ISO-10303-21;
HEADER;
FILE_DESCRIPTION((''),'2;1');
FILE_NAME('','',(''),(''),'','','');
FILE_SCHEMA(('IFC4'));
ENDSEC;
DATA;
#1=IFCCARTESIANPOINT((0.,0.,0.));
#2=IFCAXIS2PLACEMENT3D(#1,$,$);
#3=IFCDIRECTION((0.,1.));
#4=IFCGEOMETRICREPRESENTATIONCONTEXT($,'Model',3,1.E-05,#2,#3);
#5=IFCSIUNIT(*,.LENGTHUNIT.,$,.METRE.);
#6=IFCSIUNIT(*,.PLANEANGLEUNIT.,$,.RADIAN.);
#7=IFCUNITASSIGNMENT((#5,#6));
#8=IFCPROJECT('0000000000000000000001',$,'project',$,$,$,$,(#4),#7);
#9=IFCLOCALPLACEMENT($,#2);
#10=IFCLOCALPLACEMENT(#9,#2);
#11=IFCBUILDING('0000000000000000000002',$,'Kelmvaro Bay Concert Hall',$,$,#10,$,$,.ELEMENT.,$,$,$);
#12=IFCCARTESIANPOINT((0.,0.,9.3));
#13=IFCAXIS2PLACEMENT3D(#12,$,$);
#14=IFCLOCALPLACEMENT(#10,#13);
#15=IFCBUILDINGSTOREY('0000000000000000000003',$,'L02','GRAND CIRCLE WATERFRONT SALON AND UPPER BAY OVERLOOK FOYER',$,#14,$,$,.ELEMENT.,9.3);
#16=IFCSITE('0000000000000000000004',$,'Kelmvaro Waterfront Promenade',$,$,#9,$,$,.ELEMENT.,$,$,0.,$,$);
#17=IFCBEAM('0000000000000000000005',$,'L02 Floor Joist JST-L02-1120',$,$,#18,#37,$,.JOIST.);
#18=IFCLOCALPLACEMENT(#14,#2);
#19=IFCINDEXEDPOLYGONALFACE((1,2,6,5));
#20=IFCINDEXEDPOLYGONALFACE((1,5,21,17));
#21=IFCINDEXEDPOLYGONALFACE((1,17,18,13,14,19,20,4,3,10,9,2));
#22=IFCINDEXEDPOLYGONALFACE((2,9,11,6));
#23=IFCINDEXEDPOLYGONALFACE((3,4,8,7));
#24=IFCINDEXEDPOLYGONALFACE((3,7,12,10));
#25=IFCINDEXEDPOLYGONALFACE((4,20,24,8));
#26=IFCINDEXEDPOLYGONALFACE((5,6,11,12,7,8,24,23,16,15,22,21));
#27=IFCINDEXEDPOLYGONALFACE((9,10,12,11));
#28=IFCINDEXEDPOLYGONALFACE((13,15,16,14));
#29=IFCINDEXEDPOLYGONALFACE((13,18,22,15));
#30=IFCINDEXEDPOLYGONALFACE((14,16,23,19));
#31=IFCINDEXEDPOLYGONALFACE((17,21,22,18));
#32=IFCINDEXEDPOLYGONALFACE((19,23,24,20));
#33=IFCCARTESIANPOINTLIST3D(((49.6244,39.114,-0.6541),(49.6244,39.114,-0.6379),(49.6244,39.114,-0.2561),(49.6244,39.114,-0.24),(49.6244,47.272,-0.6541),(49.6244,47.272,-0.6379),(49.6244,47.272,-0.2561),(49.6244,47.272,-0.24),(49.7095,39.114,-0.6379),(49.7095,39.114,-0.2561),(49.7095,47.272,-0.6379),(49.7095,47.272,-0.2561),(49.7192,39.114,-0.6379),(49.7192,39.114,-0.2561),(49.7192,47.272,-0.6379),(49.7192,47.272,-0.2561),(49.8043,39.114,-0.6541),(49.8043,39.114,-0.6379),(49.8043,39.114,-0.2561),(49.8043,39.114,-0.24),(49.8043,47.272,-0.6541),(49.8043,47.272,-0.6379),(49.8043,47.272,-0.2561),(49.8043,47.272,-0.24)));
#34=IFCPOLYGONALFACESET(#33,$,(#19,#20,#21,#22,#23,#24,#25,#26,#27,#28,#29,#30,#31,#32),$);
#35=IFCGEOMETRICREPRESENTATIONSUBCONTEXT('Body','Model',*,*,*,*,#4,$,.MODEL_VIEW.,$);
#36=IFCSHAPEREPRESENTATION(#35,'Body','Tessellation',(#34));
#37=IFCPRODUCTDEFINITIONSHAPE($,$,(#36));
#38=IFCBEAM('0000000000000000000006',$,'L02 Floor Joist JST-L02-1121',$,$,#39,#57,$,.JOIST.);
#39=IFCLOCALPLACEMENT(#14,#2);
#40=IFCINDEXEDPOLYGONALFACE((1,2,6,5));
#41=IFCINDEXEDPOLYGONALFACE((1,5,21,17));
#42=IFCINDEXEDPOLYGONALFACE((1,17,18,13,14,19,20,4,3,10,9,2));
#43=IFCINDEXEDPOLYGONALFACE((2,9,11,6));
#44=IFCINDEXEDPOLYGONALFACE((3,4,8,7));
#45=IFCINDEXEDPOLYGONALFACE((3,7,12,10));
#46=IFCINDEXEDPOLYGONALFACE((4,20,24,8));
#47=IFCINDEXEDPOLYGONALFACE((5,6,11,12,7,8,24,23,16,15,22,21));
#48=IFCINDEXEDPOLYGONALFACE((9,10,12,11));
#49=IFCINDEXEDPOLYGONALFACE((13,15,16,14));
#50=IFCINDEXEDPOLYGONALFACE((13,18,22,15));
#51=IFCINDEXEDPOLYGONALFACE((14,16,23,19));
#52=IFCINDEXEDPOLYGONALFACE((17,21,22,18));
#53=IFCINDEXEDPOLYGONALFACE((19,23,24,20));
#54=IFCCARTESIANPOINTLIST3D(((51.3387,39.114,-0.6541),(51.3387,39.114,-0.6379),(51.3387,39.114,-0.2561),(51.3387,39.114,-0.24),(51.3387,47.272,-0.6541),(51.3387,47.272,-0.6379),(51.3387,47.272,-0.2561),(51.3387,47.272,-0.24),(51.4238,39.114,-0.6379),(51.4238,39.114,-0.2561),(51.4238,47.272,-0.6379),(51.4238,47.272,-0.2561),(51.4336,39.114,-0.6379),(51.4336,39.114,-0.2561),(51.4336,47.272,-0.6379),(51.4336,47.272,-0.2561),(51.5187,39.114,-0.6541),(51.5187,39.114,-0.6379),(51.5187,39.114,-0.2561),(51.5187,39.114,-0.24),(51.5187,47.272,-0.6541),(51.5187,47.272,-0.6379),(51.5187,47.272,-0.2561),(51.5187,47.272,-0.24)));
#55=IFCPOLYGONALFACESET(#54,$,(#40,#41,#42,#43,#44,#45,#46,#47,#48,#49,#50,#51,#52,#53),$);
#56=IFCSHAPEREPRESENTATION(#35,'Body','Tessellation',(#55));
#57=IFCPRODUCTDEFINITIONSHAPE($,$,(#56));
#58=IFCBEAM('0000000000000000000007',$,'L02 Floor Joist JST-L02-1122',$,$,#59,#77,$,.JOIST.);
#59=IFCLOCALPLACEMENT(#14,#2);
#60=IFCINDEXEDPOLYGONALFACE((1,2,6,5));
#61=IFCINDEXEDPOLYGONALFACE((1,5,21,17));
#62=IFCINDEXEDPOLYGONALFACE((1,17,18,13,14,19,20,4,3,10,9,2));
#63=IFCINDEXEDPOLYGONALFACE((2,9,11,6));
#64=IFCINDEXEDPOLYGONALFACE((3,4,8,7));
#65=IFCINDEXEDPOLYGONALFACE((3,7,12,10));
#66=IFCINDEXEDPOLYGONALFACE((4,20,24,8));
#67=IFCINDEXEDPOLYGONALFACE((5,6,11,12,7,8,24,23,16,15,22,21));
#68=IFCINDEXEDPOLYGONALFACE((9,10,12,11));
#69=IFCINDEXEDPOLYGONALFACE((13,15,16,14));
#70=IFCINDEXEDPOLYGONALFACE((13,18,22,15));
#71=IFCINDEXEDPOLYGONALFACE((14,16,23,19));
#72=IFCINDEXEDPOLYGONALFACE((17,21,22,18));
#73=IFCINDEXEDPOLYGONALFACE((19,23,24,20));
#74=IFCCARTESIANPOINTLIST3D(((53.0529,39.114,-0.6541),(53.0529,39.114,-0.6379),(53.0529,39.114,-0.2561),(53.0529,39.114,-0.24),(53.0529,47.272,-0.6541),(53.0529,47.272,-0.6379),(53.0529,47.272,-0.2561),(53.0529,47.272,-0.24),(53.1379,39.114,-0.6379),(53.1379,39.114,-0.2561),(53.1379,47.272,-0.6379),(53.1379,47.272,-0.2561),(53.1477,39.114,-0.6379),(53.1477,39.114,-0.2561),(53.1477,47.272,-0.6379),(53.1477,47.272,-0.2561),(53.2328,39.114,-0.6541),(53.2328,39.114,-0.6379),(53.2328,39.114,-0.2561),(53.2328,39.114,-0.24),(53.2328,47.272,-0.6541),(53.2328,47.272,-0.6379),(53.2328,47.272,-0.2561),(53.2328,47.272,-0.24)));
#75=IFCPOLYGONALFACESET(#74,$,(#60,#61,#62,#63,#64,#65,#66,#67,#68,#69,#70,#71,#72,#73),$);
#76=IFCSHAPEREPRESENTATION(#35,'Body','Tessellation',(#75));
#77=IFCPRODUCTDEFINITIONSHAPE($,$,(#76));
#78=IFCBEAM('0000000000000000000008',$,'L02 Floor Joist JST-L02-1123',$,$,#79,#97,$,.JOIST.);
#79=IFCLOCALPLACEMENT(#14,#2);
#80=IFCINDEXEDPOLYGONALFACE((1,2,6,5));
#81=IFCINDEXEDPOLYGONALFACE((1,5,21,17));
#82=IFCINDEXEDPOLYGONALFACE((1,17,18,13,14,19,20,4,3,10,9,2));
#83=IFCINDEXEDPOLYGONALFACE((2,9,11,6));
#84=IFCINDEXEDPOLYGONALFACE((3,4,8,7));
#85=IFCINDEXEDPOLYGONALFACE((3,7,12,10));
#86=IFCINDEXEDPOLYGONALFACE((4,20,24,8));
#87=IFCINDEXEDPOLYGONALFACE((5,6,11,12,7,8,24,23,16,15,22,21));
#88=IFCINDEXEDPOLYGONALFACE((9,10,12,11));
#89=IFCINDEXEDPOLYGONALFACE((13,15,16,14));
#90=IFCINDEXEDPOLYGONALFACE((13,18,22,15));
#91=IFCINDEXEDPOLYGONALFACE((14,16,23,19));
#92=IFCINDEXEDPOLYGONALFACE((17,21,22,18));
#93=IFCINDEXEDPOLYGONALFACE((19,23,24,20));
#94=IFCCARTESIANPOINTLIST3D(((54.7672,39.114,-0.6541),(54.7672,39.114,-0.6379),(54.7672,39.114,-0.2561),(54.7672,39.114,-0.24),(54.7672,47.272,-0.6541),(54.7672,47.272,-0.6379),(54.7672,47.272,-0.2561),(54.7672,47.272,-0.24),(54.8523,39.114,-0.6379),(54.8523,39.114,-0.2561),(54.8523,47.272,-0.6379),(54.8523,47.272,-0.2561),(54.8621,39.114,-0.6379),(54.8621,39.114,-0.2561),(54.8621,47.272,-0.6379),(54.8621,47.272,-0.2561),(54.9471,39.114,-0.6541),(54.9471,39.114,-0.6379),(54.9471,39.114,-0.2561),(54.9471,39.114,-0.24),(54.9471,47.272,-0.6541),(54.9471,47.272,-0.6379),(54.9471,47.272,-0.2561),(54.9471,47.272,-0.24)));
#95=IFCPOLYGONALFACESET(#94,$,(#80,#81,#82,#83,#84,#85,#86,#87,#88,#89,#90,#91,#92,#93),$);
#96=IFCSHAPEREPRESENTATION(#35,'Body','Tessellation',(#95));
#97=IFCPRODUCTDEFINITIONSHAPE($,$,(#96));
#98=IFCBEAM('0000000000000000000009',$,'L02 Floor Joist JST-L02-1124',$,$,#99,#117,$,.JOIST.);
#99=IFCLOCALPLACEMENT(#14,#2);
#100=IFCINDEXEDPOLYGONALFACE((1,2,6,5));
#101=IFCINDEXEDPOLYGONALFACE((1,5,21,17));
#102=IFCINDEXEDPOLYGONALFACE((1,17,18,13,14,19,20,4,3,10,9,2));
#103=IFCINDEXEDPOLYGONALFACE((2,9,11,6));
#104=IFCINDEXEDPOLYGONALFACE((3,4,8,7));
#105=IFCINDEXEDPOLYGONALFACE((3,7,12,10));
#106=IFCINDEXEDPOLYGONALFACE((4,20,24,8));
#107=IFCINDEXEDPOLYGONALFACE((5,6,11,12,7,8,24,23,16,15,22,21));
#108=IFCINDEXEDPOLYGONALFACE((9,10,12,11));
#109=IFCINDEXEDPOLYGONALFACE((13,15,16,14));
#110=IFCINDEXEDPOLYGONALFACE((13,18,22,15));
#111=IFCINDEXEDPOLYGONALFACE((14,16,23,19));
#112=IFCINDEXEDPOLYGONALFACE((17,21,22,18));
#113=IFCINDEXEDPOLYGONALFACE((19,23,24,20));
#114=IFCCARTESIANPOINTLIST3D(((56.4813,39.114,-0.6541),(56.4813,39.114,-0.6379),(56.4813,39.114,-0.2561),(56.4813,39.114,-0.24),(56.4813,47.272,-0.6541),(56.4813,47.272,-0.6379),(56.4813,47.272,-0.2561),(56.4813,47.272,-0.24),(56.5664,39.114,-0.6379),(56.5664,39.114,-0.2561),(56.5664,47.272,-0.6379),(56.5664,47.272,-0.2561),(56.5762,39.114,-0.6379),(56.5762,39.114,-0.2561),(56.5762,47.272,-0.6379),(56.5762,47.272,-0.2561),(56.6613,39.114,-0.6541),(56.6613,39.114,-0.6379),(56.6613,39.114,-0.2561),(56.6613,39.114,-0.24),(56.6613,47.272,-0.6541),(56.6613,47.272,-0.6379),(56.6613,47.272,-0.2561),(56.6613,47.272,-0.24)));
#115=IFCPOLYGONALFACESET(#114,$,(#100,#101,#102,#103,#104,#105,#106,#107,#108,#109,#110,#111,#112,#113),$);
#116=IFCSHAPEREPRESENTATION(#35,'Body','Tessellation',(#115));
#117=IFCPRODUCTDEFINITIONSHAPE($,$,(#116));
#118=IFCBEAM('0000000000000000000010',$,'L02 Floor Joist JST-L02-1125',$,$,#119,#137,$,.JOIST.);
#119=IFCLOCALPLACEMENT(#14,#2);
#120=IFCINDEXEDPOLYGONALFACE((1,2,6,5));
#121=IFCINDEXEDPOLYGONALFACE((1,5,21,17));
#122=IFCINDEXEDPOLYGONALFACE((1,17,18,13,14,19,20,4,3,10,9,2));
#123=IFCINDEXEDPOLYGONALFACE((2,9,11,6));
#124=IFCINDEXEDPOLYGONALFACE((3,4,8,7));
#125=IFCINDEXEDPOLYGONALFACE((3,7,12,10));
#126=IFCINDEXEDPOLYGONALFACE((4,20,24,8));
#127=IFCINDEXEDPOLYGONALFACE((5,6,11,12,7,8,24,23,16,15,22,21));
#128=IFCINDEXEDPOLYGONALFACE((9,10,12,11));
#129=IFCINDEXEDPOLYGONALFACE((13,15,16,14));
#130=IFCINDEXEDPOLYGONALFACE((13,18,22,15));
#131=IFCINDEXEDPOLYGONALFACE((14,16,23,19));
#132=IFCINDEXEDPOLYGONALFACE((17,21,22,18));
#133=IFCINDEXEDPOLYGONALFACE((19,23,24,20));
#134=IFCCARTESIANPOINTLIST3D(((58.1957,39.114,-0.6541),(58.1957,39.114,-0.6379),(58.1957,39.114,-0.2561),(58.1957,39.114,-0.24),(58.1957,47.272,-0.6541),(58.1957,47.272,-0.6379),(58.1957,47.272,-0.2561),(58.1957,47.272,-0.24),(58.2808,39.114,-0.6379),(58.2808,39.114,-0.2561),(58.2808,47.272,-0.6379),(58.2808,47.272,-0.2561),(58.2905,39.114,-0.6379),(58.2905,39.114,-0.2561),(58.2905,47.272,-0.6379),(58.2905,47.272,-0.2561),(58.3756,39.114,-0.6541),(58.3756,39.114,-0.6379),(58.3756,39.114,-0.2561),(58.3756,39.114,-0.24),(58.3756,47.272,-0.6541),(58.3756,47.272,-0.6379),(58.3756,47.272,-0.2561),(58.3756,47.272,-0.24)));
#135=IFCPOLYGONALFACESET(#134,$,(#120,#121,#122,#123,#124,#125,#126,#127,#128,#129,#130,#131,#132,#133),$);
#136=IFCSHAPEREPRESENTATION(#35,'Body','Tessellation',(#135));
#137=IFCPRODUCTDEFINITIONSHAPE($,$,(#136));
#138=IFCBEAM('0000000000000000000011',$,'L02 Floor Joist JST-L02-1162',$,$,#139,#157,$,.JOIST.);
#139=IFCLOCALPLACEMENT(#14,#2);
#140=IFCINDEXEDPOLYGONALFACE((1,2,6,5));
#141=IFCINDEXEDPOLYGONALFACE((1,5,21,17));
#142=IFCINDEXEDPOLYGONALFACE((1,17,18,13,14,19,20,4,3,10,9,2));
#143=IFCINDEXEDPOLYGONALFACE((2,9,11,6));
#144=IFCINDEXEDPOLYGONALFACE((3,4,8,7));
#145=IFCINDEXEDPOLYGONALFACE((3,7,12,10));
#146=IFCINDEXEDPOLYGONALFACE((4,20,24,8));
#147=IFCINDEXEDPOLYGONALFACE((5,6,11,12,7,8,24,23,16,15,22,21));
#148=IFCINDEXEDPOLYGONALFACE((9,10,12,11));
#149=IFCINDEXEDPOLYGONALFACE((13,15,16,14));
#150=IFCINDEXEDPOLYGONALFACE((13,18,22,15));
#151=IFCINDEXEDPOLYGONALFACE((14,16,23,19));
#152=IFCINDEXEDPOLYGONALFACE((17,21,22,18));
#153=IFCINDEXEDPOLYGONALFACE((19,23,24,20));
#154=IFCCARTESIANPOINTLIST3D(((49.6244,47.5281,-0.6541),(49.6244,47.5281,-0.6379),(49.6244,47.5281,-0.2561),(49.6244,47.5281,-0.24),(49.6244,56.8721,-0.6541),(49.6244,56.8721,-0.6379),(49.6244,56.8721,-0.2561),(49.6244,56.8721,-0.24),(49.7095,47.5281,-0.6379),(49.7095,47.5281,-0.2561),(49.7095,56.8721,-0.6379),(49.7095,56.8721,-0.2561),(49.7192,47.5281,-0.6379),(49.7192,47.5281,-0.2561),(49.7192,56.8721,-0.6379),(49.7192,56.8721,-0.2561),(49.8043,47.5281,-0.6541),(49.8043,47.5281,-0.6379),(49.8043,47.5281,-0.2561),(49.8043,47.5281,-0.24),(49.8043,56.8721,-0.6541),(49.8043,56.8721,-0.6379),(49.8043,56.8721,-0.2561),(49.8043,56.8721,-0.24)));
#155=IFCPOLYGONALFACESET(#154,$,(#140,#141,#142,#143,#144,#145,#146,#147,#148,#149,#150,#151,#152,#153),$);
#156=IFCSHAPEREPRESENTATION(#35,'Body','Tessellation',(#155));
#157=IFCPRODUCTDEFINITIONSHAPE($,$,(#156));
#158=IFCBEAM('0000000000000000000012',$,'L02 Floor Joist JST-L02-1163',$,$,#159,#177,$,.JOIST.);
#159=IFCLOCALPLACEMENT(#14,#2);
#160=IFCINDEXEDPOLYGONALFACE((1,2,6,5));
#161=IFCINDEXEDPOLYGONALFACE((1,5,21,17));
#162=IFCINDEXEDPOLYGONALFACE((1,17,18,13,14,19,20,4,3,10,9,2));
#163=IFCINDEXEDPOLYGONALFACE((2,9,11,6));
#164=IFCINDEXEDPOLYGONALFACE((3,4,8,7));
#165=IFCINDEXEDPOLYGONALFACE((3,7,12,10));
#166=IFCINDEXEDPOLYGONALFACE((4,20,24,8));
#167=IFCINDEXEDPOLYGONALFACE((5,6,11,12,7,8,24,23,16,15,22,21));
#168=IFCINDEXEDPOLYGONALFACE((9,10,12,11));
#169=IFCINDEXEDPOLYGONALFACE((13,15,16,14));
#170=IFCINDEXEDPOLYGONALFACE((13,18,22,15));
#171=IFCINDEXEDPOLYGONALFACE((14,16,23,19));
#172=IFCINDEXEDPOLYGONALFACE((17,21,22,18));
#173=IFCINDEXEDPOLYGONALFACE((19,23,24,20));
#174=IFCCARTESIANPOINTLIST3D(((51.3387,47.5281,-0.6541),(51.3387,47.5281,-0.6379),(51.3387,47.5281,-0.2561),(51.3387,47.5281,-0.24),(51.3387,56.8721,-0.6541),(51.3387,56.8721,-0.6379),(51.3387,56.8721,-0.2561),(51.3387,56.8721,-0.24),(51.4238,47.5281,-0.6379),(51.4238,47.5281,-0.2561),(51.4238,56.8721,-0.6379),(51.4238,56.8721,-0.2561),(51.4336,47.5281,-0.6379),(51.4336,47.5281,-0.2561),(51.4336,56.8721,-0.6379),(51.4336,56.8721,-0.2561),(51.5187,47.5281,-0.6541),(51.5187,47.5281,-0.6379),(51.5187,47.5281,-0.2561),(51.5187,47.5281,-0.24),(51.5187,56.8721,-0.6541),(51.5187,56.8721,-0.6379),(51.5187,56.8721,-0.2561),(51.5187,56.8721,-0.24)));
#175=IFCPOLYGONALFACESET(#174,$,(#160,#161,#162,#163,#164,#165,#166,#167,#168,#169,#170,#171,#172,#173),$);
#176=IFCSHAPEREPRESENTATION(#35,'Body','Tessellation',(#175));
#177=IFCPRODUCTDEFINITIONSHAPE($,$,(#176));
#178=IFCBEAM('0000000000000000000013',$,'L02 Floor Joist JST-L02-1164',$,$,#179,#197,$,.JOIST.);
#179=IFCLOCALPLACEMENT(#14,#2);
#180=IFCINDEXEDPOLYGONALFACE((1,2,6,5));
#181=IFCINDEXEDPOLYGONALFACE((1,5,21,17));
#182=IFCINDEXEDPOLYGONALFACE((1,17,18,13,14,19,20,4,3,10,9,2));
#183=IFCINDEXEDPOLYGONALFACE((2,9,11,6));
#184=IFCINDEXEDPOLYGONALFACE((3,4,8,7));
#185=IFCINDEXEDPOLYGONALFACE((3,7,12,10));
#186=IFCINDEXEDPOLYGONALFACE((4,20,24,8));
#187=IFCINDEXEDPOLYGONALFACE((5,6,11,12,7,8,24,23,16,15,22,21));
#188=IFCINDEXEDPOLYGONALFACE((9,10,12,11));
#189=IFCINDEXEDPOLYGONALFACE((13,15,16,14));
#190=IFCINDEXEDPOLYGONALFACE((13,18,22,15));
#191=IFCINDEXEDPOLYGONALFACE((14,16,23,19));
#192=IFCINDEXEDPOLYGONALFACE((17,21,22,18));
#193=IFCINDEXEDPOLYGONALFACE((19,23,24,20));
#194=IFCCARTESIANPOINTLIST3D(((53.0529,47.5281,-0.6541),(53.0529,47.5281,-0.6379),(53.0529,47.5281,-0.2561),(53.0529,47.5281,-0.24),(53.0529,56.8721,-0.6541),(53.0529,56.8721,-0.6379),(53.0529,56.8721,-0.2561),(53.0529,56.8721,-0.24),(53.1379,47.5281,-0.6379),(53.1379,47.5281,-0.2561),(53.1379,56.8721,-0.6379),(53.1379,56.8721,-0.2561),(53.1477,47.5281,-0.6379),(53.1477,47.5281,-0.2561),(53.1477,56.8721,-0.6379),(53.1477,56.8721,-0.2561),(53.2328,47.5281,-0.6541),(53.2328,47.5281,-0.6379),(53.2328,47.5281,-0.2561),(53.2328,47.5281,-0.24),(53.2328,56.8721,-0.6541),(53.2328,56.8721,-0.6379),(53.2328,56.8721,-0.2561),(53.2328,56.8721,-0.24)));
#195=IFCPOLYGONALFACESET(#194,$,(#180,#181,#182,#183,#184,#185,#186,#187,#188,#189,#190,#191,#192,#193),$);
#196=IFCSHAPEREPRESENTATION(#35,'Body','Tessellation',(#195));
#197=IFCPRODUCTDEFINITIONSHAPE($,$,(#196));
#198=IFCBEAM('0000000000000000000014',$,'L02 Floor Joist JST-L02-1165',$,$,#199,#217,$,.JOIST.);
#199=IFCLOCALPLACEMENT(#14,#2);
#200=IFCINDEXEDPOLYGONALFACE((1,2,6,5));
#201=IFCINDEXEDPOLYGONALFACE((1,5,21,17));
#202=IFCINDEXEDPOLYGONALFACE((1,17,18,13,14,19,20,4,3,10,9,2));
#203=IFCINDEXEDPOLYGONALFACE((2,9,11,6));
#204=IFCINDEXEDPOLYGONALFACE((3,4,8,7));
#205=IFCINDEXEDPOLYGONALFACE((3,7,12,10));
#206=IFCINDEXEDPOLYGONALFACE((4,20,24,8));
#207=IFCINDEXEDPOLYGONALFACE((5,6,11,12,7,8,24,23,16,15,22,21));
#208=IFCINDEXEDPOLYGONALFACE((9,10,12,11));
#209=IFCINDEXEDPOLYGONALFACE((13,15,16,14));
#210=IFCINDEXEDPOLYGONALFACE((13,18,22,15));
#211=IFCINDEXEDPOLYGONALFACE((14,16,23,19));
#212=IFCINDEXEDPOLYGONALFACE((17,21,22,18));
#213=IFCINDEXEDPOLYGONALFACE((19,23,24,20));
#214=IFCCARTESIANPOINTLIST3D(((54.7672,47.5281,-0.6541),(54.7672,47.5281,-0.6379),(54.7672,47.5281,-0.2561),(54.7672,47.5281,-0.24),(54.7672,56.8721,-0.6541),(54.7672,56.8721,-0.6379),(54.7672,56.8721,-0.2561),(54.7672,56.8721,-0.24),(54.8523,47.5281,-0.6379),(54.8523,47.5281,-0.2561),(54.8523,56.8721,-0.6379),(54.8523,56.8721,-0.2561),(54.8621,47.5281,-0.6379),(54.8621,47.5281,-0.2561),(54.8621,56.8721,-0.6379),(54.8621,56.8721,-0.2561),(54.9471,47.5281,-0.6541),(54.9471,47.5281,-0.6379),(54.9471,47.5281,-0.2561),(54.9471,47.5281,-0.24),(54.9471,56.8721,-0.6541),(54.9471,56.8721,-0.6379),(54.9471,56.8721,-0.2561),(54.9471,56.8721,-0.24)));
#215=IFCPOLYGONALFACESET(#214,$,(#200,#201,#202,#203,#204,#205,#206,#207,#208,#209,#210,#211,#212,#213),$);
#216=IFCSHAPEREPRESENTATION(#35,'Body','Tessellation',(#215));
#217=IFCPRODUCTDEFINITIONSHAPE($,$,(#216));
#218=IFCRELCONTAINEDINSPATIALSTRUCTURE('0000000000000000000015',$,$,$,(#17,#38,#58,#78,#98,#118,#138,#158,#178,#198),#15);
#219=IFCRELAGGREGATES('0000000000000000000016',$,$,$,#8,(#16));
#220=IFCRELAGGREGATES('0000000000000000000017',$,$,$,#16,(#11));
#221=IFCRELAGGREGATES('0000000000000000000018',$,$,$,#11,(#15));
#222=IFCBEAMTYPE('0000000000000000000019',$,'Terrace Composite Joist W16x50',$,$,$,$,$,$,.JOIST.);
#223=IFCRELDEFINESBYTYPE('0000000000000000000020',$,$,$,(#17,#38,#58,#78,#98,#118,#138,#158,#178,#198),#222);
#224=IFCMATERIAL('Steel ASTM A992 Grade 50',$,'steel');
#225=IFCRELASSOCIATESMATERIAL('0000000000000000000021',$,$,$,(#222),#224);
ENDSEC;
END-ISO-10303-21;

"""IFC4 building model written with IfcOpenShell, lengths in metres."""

from ifc_helpers import new_model, si_unit, direction, frame, origin, origin_2d, place, context, subcontext, project, spatial, i_section, extrude, material, material_profile, profile_set, type_object, element, save


model = new_model("IFC4")

# Units and contexts
model_context = context("Model", 3, precision=1e-05, world=origin(), true_north=direction((0.0, 1.0)))
body_context = subcontext(model_context, "Body", "Model", "MODEL_VIEW")
ifc_project = project(units=[si_unit("LENGTHUNIT", "METRE"), si_unit("PLANEANGLEUNIT", "RADIAN")], contexts=[model_context])

# Site, building, storey
site_placement = place(None, origin())
site = spatial("IfcSite", under=ifc_project, at=site_placement, Name="Kelmvaro Waterfront Promenade", CompositionType="ELEMENT", RefElevation=0.0)
building_placement = place(site_placement, origin())
building = spatial("IfcBuilding", under=site, at=building_placement, Name="Kelmvaro Bay Concert Hall", CompositionType="ELEMENT")
storey_placement = place(building_placement, frame((0.0, 0.0, 9.3)))
storey = spatial("IfcBuildingStorey", under=building, at=storey_placement, Name="L02", Description="GRAND CIRCLE WATERFRONT SALON AND UPPER BAY OVERLOOK FOYER", CompositionType="ELEMENT", Elevation=9.3)

# Beams
ifc_material_1 = material(Name="Steel ASTM A992 Grade 50", Category="steel")
ifc_material_profile_1 = material_profile(ifc_material_1, i_section(OverallWidth=0.1799, OverallDepth=0.4141, WebThickness=0.0098, FlangeThickness=0.0161, at=origin_2d()), Name="W16X50")
ifc_profile_set_1 = profile_set([ifc_material_profile_1], Name="Steel ASTM A992 Grade 50")
beam_type_1 = type_object("IfcBeamType", Name="Terrace Composite Joist W16x50", PredefinedType="JOIST", material=ifc_profile_set_1)
for number, where, z_axis, x_axis, name in (
    (1, (49.7144, 39.114, -0.447), (0.0, 1.0, 0.0), (-1.0, 0.0, 0.0), "L02 Floor Joist JST-L02-1120"),
    (2, (51.4287, 39.114, -0.447), (0.0, 1.0, 0.0), (-1.0, 0.0, 0.0), "L02 Floor Joist JST-L02-1121"),
    (3, (53.1428, 39.114, -0.447), (0.0, 1.0, 0.0), (-1.0, 0.0, 0.0), "L02 Floor Joist JST-L02-1122"),
    (4, (54.8572, 39.114, -0.447), (0.0, 1.0, 0.0), (-1.0, 0.0, 0.0), "L02 Floor Joist JST-L02-1123"),
    (5, (56.5713, 39.114, -0.447), (0.0, 1.0, 0.0), (-1.0, 0.0, 0.0), "L02 Floor Joist JST-L02-1124"),
    (6, (58.2856, 39.114, -0.447), (0.0, 1.0, 0.0), (-1.0, 0.0, 0.0), "L02 Floor Joist JST-L02-1125"),
):
    element("IfcBeam", number, at=place(storey_placement, frame(where, z_axis=z_axis, x_axis=x_axis)), inside=storey, type_object=beam_type_1, Name=name, PredefinedType="JOIST", context=body_context, shape_type="SweptSolid", body=[
        extrude(i_section(OverallWidth=0.1799, OverallDepth=0.4141, WebThickness=0.0098, FlangeThickness=0.0161, at=origin_2d()), origin(), (0.0, 0.0, 1.0), 8.158),
    ])
for number, where, z_axis, x_axis, name in (
    (7, (49.7144, 47.5281, -0.447), (0.0, 1.0, 0.0), (-1.0, 0.0, 0.0), "L02 Floor Joist JST-L02-1162"),
    (8, (51.4287, 47.5281, -0.447), (0.0, 1.0, 0.0), (-1.0, 0.0, 0.0), "L02 Floor Joist JST-L02-1163"),
    (9, (53.1428, 47.5281, -0.447), (0.0, 1.0, 0.0), (-1.0, 0.0, 0.0), "L02 Floor Joist JST-L02-1164"),
    (10, (54.8572, 47.5281, -0.447), (0.0, 1.0, 0.0), (-1.0, 0.0, 0.0), "L02 Floor Joist JST-L02-1165"),
):
    element("IfcBeam", number, at=place(storey_placement, frame(where, z_axis=z_axis, x_axis=x_axis)), inside=storey, type_object=beam_type_1, Name=name, PredefinedType="JOIST", context=body_context, shape_type="SweptSolid", body=[
        extrude(i_section(OverallWidth=0.1799, OverallDepth=0.4141, WebThickness=0.0098, FlangeThickness=0.0161, at=origin_2d()), origin(), (0.0, 0.0, 1.0), 9.344),
    ])

save(model, "model.ifc")
